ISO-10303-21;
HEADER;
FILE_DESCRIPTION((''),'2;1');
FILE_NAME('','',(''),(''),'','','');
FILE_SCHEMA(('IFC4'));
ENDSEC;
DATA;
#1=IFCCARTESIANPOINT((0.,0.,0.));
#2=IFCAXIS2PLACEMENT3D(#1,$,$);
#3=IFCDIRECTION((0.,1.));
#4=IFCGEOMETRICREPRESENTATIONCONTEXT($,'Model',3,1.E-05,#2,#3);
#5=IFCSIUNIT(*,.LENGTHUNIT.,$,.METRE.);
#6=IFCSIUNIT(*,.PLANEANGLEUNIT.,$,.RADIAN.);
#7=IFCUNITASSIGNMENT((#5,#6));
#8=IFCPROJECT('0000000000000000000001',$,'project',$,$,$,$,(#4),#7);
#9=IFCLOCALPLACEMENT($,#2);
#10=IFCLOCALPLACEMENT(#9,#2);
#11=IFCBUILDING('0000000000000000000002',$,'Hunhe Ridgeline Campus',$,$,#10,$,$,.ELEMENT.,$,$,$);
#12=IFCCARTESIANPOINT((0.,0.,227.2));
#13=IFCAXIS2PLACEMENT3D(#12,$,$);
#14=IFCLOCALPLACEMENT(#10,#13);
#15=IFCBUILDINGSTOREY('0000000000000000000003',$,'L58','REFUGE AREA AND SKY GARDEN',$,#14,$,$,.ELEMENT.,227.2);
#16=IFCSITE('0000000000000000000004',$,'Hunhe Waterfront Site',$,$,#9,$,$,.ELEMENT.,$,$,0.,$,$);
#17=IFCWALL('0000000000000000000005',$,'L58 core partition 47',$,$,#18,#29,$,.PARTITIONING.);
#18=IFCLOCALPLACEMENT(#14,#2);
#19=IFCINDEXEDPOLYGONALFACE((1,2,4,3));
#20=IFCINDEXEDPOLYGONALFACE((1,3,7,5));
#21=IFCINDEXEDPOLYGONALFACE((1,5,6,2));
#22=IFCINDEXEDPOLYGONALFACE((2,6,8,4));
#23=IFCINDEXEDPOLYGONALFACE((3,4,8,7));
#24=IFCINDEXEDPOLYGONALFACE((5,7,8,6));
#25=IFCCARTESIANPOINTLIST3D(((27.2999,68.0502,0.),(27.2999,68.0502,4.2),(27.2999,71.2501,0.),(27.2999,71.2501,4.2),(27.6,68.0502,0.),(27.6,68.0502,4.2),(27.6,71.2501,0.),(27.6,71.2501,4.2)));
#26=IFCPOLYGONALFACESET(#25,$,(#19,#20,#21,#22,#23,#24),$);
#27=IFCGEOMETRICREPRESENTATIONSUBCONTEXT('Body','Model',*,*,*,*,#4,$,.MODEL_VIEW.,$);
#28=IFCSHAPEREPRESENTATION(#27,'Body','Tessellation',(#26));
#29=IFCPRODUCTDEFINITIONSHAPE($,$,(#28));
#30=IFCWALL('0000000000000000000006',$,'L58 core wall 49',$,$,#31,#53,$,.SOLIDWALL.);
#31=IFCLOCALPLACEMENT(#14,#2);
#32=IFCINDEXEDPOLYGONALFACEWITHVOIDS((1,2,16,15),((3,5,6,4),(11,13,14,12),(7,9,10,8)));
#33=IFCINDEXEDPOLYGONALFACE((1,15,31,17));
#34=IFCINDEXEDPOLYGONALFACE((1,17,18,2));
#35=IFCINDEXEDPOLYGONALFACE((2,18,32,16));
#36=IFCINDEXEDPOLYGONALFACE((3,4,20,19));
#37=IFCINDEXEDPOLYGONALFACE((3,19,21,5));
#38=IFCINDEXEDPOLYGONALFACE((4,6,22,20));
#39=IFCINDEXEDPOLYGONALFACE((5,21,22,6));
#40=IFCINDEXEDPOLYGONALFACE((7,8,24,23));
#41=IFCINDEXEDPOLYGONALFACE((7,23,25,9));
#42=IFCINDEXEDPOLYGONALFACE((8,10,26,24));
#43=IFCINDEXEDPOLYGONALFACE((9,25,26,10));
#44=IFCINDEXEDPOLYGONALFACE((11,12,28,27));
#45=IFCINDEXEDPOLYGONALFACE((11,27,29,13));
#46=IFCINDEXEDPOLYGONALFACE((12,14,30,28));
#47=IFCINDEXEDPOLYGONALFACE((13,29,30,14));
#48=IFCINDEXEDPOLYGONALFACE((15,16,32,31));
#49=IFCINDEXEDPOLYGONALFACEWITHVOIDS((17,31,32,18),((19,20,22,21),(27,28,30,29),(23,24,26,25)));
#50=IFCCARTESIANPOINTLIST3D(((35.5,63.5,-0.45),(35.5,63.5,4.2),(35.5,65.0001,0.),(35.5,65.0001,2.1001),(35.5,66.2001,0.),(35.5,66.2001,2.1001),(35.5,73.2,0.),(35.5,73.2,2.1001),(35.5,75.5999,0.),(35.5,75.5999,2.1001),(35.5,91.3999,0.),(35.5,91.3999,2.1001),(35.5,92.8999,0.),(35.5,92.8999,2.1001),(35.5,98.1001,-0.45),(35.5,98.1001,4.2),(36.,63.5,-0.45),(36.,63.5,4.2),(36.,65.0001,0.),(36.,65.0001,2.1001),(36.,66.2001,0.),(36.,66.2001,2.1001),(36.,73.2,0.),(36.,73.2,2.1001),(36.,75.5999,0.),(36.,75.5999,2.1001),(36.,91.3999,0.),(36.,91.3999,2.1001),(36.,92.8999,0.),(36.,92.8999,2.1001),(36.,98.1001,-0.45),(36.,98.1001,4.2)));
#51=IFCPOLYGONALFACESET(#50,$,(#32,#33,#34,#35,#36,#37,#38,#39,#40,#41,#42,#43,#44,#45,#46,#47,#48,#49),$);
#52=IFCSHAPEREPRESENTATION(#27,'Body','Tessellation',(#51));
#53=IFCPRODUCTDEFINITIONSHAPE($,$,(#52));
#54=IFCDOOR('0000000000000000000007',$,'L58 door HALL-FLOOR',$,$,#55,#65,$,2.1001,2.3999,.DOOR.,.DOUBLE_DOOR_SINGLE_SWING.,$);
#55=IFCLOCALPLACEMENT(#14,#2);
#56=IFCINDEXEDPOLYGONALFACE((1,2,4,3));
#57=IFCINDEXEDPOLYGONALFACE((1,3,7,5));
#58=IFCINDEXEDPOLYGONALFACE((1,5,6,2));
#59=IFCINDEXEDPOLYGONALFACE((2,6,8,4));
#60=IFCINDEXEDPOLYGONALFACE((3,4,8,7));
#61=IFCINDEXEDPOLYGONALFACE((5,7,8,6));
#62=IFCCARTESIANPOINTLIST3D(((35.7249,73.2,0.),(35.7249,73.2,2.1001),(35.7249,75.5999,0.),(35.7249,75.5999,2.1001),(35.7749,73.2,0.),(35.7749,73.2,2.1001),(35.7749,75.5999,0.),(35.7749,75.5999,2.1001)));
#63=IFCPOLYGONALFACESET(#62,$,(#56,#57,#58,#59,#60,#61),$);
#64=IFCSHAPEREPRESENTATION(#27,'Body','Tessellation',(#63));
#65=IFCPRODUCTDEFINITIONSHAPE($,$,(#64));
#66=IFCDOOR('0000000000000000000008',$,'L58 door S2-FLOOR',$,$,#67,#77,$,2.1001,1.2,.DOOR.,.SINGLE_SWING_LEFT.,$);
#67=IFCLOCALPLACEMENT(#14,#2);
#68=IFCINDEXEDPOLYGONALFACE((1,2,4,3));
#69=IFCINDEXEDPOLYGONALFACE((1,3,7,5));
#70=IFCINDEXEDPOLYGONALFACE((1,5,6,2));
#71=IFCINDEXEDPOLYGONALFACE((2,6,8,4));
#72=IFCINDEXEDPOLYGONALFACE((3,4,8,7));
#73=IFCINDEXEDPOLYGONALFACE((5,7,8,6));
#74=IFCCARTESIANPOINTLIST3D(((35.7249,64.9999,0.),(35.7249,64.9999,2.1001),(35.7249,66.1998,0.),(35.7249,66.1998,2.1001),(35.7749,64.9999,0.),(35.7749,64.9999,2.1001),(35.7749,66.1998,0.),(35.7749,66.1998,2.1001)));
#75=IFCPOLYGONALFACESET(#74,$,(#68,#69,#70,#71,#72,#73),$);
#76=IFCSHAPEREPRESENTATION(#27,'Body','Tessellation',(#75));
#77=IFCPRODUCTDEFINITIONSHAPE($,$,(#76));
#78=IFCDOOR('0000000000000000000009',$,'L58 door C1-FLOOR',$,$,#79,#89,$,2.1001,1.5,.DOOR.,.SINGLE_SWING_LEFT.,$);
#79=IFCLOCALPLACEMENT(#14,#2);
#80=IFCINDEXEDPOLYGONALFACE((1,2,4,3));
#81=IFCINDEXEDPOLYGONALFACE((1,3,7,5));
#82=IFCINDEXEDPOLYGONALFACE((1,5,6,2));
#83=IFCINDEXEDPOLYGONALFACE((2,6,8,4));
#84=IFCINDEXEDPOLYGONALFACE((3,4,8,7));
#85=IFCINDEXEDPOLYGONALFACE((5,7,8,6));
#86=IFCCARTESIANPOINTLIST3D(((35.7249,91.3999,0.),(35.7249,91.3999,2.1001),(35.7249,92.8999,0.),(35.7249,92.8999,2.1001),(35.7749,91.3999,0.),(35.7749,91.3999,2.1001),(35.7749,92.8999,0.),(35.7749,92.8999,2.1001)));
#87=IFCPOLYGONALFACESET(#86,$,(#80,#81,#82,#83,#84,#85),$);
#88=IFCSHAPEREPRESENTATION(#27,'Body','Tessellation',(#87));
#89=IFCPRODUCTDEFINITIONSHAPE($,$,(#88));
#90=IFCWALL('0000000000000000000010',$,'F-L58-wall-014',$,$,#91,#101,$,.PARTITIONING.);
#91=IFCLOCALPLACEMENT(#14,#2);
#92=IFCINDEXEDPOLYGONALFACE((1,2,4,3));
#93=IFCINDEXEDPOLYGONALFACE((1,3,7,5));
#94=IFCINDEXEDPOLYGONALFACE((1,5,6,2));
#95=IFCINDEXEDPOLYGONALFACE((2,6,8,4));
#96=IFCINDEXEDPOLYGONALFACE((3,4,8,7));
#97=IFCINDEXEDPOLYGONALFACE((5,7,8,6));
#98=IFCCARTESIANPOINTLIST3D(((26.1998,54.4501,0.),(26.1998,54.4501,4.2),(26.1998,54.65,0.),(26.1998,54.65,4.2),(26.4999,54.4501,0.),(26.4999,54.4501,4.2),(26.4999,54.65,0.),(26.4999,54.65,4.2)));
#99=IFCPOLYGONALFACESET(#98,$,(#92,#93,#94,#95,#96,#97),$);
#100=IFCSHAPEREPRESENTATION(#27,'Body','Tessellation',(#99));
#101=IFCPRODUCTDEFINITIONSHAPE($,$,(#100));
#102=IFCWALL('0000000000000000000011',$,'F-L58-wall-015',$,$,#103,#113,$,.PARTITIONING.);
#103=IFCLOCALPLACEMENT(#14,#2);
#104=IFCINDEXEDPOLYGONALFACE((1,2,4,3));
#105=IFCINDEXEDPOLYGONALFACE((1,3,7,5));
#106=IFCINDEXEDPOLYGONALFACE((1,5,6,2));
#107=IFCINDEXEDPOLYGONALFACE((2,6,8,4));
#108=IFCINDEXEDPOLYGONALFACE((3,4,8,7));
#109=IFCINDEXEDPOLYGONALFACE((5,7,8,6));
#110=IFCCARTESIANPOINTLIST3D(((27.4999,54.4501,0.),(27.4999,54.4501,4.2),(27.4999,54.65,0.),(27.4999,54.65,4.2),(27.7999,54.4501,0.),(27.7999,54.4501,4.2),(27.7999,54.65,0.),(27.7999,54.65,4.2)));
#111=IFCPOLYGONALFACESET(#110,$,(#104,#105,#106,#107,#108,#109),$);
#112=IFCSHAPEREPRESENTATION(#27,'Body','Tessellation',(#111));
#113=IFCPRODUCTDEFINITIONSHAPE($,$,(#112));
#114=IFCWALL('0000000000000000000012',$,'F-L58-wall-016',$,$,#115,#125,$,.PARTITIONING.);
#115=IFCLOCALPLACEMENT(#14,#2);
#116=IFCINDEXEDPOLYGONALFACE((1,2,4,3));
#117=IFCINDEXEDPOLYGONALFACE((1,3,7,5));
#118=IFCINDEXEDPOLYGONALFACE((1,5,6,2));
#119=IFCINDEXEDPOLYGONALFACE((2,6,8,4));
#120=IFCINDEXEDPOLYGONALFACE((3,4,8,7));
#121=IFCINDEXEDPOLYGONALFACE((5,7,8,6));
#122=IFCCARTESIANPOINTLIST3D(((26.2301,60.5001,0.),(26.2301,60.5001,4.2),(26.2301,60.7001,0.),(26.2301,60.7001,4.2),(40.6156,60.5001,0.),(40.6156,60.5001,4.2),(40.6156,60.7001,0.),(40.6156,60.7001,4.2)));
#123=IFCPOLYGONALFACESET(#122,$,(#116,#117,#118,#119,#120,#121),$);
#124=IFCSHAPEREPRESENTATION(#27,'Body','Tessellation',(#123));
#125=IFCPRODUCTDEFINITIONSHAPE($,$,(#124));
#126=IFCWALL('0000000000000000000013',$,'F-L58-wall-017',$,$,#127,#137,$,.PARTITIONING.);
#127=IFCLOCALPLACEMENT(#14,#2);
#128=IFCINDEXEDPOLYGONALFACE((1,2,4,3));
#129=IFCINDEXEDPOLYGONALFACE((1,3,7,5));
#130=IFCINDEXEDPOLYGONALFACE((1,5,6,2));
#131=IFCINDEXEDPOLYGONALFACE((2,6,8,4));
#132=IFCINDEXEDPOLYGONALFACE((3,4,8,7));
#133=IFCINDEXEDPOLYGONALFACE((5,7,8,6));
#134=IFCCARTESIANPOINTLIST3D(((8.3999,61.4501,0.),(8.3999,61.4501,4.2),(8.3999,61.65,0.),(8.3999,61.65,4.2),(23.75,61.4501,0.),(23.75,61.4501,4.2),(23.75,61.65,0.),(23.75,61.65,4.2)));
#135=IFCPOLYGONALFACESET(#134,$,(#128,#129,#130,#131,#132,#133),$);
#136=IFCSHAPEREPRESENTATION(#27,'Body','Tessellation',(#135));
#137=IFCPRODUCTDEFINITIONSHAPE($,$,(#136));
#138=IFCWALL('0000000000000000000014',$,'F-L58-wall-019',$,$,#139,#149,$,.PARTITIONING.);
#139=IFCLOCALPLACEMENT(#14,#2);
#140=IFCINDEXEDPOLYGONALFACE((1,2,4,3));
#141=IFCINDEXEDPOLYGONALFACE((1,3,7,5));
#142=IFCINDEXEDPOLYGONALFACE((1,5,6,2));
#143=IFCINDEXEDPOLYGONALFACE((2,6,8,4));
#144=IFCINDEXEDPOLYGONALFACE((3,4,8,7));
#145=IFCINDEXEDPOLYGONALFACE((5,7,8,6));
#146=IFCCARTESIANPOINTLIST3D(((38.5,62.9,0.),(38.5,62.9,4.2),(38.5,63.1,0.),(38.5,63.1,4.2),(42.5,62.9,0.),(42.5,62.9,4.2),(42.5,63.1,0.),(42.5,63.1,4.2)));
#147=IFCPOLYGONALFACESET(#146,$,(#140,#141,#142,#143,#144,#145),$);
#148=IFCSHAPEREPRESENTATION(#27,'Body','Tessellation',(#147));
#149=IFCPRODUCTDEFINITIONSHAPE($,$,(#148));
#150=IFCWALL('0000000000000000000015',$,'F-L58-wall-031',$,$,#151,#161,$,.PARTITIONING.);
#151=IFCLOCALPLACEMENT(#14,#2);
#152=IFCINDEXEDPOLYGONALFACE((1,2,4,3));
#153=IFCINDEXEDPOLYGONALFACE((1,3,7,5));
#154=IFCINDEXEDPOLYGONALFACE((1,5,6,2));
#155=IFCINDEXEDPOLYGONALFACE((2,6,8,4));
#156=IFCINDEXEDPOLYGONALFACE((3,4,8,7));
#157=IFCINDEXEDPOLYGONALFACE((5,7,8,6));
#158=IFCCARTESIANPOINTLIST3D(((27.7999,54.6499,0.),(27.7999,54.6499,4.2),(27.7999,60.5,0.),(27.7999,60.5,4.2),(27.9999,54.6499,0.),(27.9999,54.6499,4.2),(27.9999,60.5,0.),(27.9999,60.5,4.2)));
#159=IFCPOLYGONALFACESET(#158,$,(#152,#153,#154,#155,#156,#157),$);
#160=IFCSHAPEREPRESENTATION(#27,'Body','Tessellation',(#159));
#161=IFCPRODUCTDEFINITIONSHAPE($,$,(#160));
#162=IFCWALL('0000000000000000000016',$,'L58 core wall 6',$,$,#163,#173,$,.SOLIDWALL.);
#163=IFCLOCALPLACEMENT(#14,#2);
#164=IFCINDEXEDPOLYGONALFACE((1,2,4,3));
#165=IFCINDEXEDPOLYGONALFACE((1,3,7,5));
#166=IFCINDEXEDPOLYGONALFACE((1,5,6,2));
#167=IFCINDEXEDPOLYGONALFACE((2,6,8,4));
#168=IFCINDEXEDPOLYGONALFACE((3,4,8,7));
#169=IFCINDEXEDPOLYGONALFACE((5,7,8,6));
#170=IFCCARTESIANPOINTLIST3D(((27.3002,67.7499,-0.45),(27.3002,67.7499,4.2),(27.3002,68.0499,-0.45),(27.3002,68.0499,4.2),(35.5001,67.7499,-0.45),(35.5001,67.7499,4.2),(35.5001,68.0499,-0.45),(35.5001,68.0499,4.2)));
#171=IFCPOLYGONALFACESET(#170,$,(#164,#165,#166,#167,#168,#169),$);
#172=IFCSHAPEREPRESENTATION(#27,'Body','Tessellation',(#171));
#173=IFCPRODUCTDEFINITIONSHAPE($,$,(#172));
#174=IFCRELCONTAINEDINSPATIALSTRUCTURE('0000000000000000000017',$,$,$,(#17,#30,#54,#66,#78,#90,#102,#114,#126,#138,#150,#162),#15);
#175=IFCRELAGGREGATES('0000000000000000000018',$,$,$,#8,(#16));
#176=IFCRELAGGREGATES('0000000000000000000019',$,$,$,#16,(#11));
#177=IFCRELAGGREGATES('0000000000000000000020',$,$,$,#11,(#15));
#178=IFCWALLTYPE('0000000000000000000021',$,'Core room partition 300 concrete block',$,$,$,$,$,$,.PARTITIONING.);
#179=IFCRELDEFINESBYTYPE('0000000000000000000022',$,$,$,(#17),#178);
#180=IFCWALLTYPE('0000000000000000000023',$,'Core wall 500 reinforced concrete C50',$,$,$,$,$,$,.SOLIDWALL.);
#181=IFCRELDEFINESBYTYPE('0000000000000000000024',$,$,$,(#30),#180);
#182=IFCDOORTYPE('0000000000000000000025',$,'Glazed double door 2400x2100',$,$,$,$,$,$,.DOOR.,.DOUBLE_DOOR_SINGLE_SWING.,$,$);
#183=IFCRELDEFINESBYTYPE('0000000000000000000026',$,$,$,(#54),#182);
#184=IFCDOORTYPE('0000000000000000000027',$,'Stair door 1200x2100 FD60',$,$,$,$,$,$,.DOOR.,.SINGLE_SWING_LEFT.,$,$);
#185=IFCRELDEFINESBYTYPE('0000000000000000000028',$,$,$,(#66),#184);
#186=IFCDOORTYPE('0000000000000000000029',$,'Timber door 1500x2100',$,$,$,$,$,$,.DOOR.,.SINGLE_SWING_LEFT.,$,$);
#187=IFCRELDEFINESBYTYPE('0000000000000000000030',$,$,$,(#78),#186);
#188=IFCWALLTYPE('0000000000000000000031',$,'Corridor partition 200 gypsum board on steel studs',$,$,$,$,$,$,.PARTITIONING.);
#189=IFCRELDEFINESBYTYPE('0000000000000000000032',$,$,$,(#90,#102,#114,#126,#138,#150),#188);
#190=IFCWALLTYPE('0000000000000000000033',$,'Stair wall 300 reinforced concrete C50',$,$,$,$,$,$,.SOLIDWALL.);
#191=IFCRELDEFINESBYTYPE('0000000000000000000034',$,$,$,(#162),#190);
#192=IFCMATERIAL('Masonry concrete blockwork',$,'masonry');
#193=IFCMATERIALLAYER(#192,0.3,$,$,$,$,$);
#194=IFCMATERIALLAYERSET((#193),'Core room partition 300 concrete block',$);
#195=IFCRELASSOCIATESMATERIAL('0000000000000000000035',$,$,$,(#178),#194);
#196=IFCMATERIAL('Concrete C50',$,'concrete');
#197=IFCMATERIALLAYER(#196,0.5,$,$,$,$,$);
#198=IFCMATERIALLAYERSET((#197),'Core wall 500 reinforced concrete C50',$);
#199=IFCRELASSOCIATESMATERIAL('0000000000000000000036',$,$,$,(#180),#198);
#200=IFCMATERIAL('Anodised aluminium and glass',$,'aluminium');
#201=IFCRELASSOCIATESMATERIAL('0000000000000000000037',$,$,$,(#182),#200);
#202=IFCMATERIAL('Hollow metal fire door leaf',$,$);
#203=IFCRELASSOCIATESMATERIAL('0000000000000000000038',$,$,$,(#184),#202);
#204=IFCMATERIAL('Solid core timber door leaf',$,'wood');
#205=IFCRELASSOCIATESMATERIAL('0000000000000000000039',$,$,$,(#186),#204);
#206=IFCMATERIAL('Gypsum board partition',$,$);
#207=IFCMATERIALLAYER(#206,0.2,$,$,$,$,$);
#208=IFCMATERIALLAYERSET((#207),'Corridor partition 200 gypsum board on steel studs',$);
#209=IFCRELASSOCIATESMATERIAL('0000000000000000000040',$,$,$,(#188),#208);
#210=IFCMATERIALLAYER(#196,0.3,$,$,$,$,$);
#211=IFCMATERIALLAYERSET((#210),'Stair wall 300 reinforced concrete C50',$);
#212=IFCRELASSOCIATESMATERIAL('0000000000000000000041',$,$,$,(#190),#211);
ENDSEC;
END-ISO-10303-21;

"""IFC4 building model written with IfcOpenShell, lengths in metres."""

from ifc_helpers import new_model, si_unit, direction, frame, frame_2d, origin, place, context, subcontext, project, spatial, rectangle, extrude, material, layer, layer_set, type_object, element, fill, save


model = new_model("IFC4")

# Units and contexts
model_context = context("Model", 3, precision=1e-05, world=origin(), true_north=direction((0.0, 1.0)))
body_context = subcontext(model_context, "Body", "Model", "MODEL_VIEW")
ifc_project = project(units=[si_unit("LENGTHUNIT", "METRE"), si_unit("PLANEANGLEUNIT", "RADIAN")], contexts=[model_context])

# Site, building, storey
site_placement = place(None, origin())
site = spatial("IfcSite", under=ifc_project, at=site_placement, Name="Hunhe Waterfront Site", CompositionType="ELEMENT", RefElevation=0.0)
building_placement = place(site_placement, origin())
building = spatial("IfcBuilding", under=site, at=building_placement, Name="Hunhe Ridgeline Campus", CompositionType="ELEMENT")
storey_placement = place(building_placement, frame((0.0, 0.0, 227.2)))
storey = spatial("IfcBuildingStorey", under=building, at=storey_placement, Name="L58", Description="REFUGE AREA AND SKY GARDEN", CompositionType="ELEMENT", Elevation=227.2)

# Wall
ifc_material_1 = material(Name="Masonry concrete blockwork", Category="masonry")
ifc_layer_1 = layer(ifc_material_1, 0.3)
ifc_layer_set_1 = layer_set([ifc_layer_1], Name="Core room partition 300 concrete block")
wall_type_1 = type_object("IfcWallType", Name="Core room partition 300 concrete block", PredefinedType="PARTITIONING", material=ifc_layer_set_1)
wall_1_placement = place(storey_placement, frame((27.45, 68.05, 0.0), z_axis=(0.0, 0.0, 1.0), x_axis=(0.0, 1.0, 0.0)))
element("IfcWall", 1, at=wall_1_placement, inside=storey, type_object=wall_type_1, Name="L58 core partition 47", PredefinedType="PARTITIONING", context=body_context, shape_type="SweptSolid", body=[
    extrude(rectangle(XDim=3.2, YDim=0.3, at=frame_2d((1.6001, 0.0))), origin(), (0.0, 0.0, 1.0), 4.2),
])

# Wall, openings, doors
ifc_material_2 = material(Name="Concrete C50", Category="concrete")
ifc_layer_2 = layer(ifc_material_2, 0.5)
ifc_layer_set_2 = layer_set([ifc_layer_2], Name="Core wall 500 reinforced concrete C50")
wall_type_2 = type_object("IfcWallType", Name="Core wall 500 reinforced concrete C50", PredefinedType="SOLIDWALL", material=ifc_layer_set_2)
wall_2_placement = place(storey_placement, frame((35.75, 63.5, -0.45), z_axis=(0.0, 0.0, 1.0), x_axis=(0.0, 1.0, 0.0)))
wall_2 = element("IfcWall", 2, at=wall_2_placement, inside=storey, type_object=wall_type_2, Name="L58 core wall 49", PredefinedType="SOLIDWALL", context=body_context, shape_type="SweptSolid", body=[
    extrude(rectangle(XDim=34.6001, YDim=0.5, at=frame_2d((17.3, 0.0))), origin(), (0.0, 0.0, 1.0), 4.6499),
])
opening_1_placement = place(wall_2_placement, frame((9.7, 0.0, 0.45)))
opening_1 = element("IfcOpeningElement", 3, at=opening_1_placement, cuts=wall_2, PredefinedType="OPENING", context=body_context, shape_type="SweptSolid", body=[
    extrude(rectangle(XDim=2.3999, YDim=2.1001, at=frame_2d((1.2, 1.05))), frame((0.0, 0.25, 0.0), z_axis=(0.0, -1.0, 0.0), x_axis=(1.0, 0.0, 0.0)), (0.0, 0.0, 1.0), 0.5),
])
opening_2_placement = place(wall_2_placement, frame((27.8999, 0.0, 0.45)))
opening_2 = element("IfcOpeningElement", 4, at=opening_2_placement, cuts=wall_2, PredefinedType="OPENING", context=body_context, shape_type="SweptSolid", body=[
    extrude(rectangle(XDim=1.5, YDim=2.1001, at=frame_2d((0.75, 1.05))), frame((0.0, 0.25, 0.0), z_axis=(0.0, -1.0, 0.0), x_axis=(1.0, 0.0, 0.0)), (0.0, 0.0, 1.0), 0.5),
])
opening_3_placement = place(wall_2_placement, frame((1.5, 0.0, 0.45)))
opening_3 = element("IfcOpeningElement", 5, at=opening_3_placement, cuts=wall_2, PredefinedType="OPENING", context=body_context, shape_type="SweptSolid", body=[
    extrude(rectangle(XDim=1.2, YDim=2.1001, at=frame_2d((0.6001, 1.05))), frame((0.0, 0.25, 0.0), z_axis=(0.0, -1.0, 0.0), x_axis=(1.0, 0.0, 0.0)), (0.0, 0.0, 1.0), 0.5),
])
ifc_material_3 = material(Name="Anodised aluminium and glass", Category="aluminium")
door_type_1 = type_object("IfcDoorType", Name="Glazed double door 2400x2100", OperationType="DOUBLE_DOOR_SINGLE_SWING", PredefinedType="DOOR", material=ifc_material_3)
door_1_placement = place(opening_1_placement, frame((2.3999, 0.0, 0.0), z_axis=(0.0, 0.0, 1.0), x_axis=(-1.0, 0.0, 0.0)))
door_1 = element("IfcDoor", 6, at=door_1_placement, inside=storey, type_object=door_type_1, Name="L58 door HALL-FLOOR", OperationType="DOUBLE_DOOR_SINGLE_SWING", OverallHeight=2.1001, OverallWidth=2.3999, PredefinedType="DOOR", context=body_context, shape_type="SweptSolid", body=[
    extrude(rectangle(XDim=2.3999, YDim=2.1001, at=frame_2d((1.2, 1.05))), frame((0.0, 0.0249, 0.0), z_axis=(0.0, -1.0, 0.0), x_axis=(1.0, 0.0, 0.0)), (0.0, 0.0, 1.0), 0.05),
])
fill(opening_1, door_1)
ifc_material_4 = material(Name="Hollow metal fire door leaf")
door_type_2 = type_object("IfcDoorType", Name="Stair door 1200x2100 FD60", OperationType="SINGLE_SWING_LEFT", PredefinedType="DOOR", material=ifc_material_4)
door_2_placement = place(opening_3_placement, frame((1.2, 0.0, 0.0), z_axis=(0.0, 0.0, 1.0), x_axis=(-1.0, 0.0, 0.0)))
door_2 = element("IfcDoor", 7, at=door_2_placement, inside=storey, type_object=door_type_2, Name="L58 door S2-FLOOR", OperationType="SINGLE_SWING_LEFT", OverallHeight=2.1001, OverallWidth=1.2, PredefinedType="DOOR", context=body_context, shape_type="SweptSolid", body=[
    extrude(rectangle(XDim=1.2, YDim=2.1001, at=frame_2d((0.6001, 1.05))), frame((0.0, 0.0249, 0.0), z_axis=(0.0, -1.0, 0.0), x_axis=(1.0, 0.0, 0.0)), (0.0, 0.0, 1.0), 0.05),
])
fill(opening_3, door_2)
ifc_material_5 = material(Name="Solid core timber door leaf", Category="wood")
door_type_3 = type_object("IfcDoorType", Name="Timber door 1500x2100", OperationType="SINGLE_SWING_LEFT", PredefinedType="DOOR", material=ifc_material_5)
door_3_placement = place(opening_2_placement, frame((1.5, 0.0, 0.0), z_axis=(0.0, 0.0, 1.0), x_axis=(-1.0, 0.0, 0.0)))
door_3 = element("IfcDoor", 8, at=door_3_placement, inside=storey, type_object=door_type_3, Name="L58 door C1-FLOOR", OperationType="SINGLE_SWING_LEFT", OverallHeight=2.1001, OverallWidth=1.5, PredefinedType="DOOR", context=body_context, shape_type="SweptSolid", body=[
    extrude(rectangle(XDim=1.5, YDim=2.1001, at=frame_2d((0.75, 1.05))), frame((0.0, 0.0249, 0.0), z_axis=(0.0, -1.0, 0.0), x_axis=(1.0, 0.0, 0.0)), (0.0, 0.0, 1.0), 0.05),
])
fill(opening_2, door_3)

# Walls
ifc_material_6 = material(Name="Gypsum board partition")
ifc_layer_3 = layer(ifc_material_6, 0.2)
ifc_layer_set_3 = layer_set([ifc_layer_3], Name="Corridor partition 200 gypsum board on steel studs")
wall_type_3 = type_object("IfcWallType", Name="Corridor partition 200 gypsum board on steel studs", PredefinedType="PARTITIONING", material=ifc_layer_set_3)
for number, where, z_axis, x_axis, name in (
    (9, (26.2, 54.55, 0.0), (0.0, 0.0, 1.0), (1.0, 0.0, 0.0), "F-L58-wall-014"),
    (10, (27.5, 54.55, 0.0), (0.0, 0.0, 1.0), (1.0, 0.0, 0.0), "F-L58-wall-015"),
):
    element("IfcWall", number, at=place(storey_placement, frame(where, z_axis=z_axis, x_axis=x_axis)), inside=storey, type_object=wall_type_3, Name=name, PredefinedType="PARTITIONING", context=body_context, shape_type="SweptSolid", body=[
        extrude(rectangle(XDim=0.3, YDim=0.2, at=frame_2d((0.1499, 0.0))), origin(), (0.0, 0.0, 1.0), 4.2),
    ])
wall_3_placement = place(storey_placement, frame((40.6157, 60.6001, 0.0), z_axis=(0.0, 0.0, 1.0), x_axis=(-1.0, 0.0, 0.0)))
element("IfcWall", 11, at=wall_3_placement, inside=storey, type_object=wall_type_3, Name="F-L58-wall-016", PredefinedType="PARTITIONING", context=body_context, shape_type="SweptSolid", body=[
    extrude(rectangle(XDim=14.3855, YDim=0.2, at=frame_2d((7.1929, 0.0))), origin(), (0.0, 0.0, 1.0), 4.2),
])
wall_4_placement = place(storey_placement, frame((23.75, 61.55, 0.0), z_axis=(0.0, 0.0, 1.0), x_axis=(-1.0, 0.0, 0.0)))
element("IfcWall", 12, at=wall_4_placement, inside=storey, type_object=wall_type_3, Name="F-L58-wall-017", PredefinedType="PARTITIONING", context=body_context, shape_type="SweptSolid", body=[
    extrude(rectangle(XDim=15.3501, YDim=0.2, at=frame_2d((7.675, 0.0))), origin(), (0.0, 0.0, 1.0), 4.2),
])
wall_5_placement = place(storey_placement, frame((38.5, 63.0, 0.0), z_axis=(0.0, 0.0, 1.0), x_axis=(1.0, 0.0, 0.0)))
element("IfcWall", 13, at=wall_5_placement, inside=storey, type_object=wall_type_3, Name="F-L58-wall-019", PredefinedType="PARTITIONING", context=body_context, shape_type="SweptSolid", body=[
    extrude(rectangle(XDim=4.0, YDim=0.2, at=frame_2d((2.0, 0.0))), origin(), (0.0, 0.0, 1.0), 4.2),
])

# Walls
wall_6_placement = place(storey_placement, frame((27.8999, 60.5, 0.0), z_axis=(0.0, 0.0, 1.0), x_axis=(0.0, -1.0, 0.0)))
element("IfcWall", 14, at=wall_6_placement, inside=storey, type_object=wall_type_3, Name="F-L58-wall-031", PredefinedType="PARTITIONING", context=body_context, shape_type="SweptSolid", body=[
    extrude(rectangle(XDim=5.8501, YDim=0.2, at=frame_2d((2.925, 0.0))), origin(), (0.0, 0.0, 1.0), 4.2),
])
ifc_layer_4 = layer(ifc_material_2, 0.3)
ifc_layer_set_4 = layer_set([ifc_layer_4], Name="Stair wall 300 reinforced concrete C50")
wall_type_4 = type_object("IfcWallType", Name="Stair wall 300 reinforced concrete C50", PredefinedType="SOLIDWALL", material=ifc_layer_set_4)
wall_7_placement = place(storey_placement, frame((27.3, 67.8999, -0.45), z_axis=(0.0, 0.0, 1.0), x_axis=(1.0, 0.0, 0.0)))
element("IfcWall", 15, at=wall_7_placement, inside=storey, type_object=wall_type_4, Name="L58 core wall 6", PredefinedType="SOLIDWALL", context=body_context, shape_type="SweptSolid", body=[
    extrude(rectangle(XDim=8.2, YDim=0.3, at=frame_2d((4.1001, 0.0))), origin(), (0.0, 0.0, 1.0), 4.6499),
])

save(model, "model.ifc")
